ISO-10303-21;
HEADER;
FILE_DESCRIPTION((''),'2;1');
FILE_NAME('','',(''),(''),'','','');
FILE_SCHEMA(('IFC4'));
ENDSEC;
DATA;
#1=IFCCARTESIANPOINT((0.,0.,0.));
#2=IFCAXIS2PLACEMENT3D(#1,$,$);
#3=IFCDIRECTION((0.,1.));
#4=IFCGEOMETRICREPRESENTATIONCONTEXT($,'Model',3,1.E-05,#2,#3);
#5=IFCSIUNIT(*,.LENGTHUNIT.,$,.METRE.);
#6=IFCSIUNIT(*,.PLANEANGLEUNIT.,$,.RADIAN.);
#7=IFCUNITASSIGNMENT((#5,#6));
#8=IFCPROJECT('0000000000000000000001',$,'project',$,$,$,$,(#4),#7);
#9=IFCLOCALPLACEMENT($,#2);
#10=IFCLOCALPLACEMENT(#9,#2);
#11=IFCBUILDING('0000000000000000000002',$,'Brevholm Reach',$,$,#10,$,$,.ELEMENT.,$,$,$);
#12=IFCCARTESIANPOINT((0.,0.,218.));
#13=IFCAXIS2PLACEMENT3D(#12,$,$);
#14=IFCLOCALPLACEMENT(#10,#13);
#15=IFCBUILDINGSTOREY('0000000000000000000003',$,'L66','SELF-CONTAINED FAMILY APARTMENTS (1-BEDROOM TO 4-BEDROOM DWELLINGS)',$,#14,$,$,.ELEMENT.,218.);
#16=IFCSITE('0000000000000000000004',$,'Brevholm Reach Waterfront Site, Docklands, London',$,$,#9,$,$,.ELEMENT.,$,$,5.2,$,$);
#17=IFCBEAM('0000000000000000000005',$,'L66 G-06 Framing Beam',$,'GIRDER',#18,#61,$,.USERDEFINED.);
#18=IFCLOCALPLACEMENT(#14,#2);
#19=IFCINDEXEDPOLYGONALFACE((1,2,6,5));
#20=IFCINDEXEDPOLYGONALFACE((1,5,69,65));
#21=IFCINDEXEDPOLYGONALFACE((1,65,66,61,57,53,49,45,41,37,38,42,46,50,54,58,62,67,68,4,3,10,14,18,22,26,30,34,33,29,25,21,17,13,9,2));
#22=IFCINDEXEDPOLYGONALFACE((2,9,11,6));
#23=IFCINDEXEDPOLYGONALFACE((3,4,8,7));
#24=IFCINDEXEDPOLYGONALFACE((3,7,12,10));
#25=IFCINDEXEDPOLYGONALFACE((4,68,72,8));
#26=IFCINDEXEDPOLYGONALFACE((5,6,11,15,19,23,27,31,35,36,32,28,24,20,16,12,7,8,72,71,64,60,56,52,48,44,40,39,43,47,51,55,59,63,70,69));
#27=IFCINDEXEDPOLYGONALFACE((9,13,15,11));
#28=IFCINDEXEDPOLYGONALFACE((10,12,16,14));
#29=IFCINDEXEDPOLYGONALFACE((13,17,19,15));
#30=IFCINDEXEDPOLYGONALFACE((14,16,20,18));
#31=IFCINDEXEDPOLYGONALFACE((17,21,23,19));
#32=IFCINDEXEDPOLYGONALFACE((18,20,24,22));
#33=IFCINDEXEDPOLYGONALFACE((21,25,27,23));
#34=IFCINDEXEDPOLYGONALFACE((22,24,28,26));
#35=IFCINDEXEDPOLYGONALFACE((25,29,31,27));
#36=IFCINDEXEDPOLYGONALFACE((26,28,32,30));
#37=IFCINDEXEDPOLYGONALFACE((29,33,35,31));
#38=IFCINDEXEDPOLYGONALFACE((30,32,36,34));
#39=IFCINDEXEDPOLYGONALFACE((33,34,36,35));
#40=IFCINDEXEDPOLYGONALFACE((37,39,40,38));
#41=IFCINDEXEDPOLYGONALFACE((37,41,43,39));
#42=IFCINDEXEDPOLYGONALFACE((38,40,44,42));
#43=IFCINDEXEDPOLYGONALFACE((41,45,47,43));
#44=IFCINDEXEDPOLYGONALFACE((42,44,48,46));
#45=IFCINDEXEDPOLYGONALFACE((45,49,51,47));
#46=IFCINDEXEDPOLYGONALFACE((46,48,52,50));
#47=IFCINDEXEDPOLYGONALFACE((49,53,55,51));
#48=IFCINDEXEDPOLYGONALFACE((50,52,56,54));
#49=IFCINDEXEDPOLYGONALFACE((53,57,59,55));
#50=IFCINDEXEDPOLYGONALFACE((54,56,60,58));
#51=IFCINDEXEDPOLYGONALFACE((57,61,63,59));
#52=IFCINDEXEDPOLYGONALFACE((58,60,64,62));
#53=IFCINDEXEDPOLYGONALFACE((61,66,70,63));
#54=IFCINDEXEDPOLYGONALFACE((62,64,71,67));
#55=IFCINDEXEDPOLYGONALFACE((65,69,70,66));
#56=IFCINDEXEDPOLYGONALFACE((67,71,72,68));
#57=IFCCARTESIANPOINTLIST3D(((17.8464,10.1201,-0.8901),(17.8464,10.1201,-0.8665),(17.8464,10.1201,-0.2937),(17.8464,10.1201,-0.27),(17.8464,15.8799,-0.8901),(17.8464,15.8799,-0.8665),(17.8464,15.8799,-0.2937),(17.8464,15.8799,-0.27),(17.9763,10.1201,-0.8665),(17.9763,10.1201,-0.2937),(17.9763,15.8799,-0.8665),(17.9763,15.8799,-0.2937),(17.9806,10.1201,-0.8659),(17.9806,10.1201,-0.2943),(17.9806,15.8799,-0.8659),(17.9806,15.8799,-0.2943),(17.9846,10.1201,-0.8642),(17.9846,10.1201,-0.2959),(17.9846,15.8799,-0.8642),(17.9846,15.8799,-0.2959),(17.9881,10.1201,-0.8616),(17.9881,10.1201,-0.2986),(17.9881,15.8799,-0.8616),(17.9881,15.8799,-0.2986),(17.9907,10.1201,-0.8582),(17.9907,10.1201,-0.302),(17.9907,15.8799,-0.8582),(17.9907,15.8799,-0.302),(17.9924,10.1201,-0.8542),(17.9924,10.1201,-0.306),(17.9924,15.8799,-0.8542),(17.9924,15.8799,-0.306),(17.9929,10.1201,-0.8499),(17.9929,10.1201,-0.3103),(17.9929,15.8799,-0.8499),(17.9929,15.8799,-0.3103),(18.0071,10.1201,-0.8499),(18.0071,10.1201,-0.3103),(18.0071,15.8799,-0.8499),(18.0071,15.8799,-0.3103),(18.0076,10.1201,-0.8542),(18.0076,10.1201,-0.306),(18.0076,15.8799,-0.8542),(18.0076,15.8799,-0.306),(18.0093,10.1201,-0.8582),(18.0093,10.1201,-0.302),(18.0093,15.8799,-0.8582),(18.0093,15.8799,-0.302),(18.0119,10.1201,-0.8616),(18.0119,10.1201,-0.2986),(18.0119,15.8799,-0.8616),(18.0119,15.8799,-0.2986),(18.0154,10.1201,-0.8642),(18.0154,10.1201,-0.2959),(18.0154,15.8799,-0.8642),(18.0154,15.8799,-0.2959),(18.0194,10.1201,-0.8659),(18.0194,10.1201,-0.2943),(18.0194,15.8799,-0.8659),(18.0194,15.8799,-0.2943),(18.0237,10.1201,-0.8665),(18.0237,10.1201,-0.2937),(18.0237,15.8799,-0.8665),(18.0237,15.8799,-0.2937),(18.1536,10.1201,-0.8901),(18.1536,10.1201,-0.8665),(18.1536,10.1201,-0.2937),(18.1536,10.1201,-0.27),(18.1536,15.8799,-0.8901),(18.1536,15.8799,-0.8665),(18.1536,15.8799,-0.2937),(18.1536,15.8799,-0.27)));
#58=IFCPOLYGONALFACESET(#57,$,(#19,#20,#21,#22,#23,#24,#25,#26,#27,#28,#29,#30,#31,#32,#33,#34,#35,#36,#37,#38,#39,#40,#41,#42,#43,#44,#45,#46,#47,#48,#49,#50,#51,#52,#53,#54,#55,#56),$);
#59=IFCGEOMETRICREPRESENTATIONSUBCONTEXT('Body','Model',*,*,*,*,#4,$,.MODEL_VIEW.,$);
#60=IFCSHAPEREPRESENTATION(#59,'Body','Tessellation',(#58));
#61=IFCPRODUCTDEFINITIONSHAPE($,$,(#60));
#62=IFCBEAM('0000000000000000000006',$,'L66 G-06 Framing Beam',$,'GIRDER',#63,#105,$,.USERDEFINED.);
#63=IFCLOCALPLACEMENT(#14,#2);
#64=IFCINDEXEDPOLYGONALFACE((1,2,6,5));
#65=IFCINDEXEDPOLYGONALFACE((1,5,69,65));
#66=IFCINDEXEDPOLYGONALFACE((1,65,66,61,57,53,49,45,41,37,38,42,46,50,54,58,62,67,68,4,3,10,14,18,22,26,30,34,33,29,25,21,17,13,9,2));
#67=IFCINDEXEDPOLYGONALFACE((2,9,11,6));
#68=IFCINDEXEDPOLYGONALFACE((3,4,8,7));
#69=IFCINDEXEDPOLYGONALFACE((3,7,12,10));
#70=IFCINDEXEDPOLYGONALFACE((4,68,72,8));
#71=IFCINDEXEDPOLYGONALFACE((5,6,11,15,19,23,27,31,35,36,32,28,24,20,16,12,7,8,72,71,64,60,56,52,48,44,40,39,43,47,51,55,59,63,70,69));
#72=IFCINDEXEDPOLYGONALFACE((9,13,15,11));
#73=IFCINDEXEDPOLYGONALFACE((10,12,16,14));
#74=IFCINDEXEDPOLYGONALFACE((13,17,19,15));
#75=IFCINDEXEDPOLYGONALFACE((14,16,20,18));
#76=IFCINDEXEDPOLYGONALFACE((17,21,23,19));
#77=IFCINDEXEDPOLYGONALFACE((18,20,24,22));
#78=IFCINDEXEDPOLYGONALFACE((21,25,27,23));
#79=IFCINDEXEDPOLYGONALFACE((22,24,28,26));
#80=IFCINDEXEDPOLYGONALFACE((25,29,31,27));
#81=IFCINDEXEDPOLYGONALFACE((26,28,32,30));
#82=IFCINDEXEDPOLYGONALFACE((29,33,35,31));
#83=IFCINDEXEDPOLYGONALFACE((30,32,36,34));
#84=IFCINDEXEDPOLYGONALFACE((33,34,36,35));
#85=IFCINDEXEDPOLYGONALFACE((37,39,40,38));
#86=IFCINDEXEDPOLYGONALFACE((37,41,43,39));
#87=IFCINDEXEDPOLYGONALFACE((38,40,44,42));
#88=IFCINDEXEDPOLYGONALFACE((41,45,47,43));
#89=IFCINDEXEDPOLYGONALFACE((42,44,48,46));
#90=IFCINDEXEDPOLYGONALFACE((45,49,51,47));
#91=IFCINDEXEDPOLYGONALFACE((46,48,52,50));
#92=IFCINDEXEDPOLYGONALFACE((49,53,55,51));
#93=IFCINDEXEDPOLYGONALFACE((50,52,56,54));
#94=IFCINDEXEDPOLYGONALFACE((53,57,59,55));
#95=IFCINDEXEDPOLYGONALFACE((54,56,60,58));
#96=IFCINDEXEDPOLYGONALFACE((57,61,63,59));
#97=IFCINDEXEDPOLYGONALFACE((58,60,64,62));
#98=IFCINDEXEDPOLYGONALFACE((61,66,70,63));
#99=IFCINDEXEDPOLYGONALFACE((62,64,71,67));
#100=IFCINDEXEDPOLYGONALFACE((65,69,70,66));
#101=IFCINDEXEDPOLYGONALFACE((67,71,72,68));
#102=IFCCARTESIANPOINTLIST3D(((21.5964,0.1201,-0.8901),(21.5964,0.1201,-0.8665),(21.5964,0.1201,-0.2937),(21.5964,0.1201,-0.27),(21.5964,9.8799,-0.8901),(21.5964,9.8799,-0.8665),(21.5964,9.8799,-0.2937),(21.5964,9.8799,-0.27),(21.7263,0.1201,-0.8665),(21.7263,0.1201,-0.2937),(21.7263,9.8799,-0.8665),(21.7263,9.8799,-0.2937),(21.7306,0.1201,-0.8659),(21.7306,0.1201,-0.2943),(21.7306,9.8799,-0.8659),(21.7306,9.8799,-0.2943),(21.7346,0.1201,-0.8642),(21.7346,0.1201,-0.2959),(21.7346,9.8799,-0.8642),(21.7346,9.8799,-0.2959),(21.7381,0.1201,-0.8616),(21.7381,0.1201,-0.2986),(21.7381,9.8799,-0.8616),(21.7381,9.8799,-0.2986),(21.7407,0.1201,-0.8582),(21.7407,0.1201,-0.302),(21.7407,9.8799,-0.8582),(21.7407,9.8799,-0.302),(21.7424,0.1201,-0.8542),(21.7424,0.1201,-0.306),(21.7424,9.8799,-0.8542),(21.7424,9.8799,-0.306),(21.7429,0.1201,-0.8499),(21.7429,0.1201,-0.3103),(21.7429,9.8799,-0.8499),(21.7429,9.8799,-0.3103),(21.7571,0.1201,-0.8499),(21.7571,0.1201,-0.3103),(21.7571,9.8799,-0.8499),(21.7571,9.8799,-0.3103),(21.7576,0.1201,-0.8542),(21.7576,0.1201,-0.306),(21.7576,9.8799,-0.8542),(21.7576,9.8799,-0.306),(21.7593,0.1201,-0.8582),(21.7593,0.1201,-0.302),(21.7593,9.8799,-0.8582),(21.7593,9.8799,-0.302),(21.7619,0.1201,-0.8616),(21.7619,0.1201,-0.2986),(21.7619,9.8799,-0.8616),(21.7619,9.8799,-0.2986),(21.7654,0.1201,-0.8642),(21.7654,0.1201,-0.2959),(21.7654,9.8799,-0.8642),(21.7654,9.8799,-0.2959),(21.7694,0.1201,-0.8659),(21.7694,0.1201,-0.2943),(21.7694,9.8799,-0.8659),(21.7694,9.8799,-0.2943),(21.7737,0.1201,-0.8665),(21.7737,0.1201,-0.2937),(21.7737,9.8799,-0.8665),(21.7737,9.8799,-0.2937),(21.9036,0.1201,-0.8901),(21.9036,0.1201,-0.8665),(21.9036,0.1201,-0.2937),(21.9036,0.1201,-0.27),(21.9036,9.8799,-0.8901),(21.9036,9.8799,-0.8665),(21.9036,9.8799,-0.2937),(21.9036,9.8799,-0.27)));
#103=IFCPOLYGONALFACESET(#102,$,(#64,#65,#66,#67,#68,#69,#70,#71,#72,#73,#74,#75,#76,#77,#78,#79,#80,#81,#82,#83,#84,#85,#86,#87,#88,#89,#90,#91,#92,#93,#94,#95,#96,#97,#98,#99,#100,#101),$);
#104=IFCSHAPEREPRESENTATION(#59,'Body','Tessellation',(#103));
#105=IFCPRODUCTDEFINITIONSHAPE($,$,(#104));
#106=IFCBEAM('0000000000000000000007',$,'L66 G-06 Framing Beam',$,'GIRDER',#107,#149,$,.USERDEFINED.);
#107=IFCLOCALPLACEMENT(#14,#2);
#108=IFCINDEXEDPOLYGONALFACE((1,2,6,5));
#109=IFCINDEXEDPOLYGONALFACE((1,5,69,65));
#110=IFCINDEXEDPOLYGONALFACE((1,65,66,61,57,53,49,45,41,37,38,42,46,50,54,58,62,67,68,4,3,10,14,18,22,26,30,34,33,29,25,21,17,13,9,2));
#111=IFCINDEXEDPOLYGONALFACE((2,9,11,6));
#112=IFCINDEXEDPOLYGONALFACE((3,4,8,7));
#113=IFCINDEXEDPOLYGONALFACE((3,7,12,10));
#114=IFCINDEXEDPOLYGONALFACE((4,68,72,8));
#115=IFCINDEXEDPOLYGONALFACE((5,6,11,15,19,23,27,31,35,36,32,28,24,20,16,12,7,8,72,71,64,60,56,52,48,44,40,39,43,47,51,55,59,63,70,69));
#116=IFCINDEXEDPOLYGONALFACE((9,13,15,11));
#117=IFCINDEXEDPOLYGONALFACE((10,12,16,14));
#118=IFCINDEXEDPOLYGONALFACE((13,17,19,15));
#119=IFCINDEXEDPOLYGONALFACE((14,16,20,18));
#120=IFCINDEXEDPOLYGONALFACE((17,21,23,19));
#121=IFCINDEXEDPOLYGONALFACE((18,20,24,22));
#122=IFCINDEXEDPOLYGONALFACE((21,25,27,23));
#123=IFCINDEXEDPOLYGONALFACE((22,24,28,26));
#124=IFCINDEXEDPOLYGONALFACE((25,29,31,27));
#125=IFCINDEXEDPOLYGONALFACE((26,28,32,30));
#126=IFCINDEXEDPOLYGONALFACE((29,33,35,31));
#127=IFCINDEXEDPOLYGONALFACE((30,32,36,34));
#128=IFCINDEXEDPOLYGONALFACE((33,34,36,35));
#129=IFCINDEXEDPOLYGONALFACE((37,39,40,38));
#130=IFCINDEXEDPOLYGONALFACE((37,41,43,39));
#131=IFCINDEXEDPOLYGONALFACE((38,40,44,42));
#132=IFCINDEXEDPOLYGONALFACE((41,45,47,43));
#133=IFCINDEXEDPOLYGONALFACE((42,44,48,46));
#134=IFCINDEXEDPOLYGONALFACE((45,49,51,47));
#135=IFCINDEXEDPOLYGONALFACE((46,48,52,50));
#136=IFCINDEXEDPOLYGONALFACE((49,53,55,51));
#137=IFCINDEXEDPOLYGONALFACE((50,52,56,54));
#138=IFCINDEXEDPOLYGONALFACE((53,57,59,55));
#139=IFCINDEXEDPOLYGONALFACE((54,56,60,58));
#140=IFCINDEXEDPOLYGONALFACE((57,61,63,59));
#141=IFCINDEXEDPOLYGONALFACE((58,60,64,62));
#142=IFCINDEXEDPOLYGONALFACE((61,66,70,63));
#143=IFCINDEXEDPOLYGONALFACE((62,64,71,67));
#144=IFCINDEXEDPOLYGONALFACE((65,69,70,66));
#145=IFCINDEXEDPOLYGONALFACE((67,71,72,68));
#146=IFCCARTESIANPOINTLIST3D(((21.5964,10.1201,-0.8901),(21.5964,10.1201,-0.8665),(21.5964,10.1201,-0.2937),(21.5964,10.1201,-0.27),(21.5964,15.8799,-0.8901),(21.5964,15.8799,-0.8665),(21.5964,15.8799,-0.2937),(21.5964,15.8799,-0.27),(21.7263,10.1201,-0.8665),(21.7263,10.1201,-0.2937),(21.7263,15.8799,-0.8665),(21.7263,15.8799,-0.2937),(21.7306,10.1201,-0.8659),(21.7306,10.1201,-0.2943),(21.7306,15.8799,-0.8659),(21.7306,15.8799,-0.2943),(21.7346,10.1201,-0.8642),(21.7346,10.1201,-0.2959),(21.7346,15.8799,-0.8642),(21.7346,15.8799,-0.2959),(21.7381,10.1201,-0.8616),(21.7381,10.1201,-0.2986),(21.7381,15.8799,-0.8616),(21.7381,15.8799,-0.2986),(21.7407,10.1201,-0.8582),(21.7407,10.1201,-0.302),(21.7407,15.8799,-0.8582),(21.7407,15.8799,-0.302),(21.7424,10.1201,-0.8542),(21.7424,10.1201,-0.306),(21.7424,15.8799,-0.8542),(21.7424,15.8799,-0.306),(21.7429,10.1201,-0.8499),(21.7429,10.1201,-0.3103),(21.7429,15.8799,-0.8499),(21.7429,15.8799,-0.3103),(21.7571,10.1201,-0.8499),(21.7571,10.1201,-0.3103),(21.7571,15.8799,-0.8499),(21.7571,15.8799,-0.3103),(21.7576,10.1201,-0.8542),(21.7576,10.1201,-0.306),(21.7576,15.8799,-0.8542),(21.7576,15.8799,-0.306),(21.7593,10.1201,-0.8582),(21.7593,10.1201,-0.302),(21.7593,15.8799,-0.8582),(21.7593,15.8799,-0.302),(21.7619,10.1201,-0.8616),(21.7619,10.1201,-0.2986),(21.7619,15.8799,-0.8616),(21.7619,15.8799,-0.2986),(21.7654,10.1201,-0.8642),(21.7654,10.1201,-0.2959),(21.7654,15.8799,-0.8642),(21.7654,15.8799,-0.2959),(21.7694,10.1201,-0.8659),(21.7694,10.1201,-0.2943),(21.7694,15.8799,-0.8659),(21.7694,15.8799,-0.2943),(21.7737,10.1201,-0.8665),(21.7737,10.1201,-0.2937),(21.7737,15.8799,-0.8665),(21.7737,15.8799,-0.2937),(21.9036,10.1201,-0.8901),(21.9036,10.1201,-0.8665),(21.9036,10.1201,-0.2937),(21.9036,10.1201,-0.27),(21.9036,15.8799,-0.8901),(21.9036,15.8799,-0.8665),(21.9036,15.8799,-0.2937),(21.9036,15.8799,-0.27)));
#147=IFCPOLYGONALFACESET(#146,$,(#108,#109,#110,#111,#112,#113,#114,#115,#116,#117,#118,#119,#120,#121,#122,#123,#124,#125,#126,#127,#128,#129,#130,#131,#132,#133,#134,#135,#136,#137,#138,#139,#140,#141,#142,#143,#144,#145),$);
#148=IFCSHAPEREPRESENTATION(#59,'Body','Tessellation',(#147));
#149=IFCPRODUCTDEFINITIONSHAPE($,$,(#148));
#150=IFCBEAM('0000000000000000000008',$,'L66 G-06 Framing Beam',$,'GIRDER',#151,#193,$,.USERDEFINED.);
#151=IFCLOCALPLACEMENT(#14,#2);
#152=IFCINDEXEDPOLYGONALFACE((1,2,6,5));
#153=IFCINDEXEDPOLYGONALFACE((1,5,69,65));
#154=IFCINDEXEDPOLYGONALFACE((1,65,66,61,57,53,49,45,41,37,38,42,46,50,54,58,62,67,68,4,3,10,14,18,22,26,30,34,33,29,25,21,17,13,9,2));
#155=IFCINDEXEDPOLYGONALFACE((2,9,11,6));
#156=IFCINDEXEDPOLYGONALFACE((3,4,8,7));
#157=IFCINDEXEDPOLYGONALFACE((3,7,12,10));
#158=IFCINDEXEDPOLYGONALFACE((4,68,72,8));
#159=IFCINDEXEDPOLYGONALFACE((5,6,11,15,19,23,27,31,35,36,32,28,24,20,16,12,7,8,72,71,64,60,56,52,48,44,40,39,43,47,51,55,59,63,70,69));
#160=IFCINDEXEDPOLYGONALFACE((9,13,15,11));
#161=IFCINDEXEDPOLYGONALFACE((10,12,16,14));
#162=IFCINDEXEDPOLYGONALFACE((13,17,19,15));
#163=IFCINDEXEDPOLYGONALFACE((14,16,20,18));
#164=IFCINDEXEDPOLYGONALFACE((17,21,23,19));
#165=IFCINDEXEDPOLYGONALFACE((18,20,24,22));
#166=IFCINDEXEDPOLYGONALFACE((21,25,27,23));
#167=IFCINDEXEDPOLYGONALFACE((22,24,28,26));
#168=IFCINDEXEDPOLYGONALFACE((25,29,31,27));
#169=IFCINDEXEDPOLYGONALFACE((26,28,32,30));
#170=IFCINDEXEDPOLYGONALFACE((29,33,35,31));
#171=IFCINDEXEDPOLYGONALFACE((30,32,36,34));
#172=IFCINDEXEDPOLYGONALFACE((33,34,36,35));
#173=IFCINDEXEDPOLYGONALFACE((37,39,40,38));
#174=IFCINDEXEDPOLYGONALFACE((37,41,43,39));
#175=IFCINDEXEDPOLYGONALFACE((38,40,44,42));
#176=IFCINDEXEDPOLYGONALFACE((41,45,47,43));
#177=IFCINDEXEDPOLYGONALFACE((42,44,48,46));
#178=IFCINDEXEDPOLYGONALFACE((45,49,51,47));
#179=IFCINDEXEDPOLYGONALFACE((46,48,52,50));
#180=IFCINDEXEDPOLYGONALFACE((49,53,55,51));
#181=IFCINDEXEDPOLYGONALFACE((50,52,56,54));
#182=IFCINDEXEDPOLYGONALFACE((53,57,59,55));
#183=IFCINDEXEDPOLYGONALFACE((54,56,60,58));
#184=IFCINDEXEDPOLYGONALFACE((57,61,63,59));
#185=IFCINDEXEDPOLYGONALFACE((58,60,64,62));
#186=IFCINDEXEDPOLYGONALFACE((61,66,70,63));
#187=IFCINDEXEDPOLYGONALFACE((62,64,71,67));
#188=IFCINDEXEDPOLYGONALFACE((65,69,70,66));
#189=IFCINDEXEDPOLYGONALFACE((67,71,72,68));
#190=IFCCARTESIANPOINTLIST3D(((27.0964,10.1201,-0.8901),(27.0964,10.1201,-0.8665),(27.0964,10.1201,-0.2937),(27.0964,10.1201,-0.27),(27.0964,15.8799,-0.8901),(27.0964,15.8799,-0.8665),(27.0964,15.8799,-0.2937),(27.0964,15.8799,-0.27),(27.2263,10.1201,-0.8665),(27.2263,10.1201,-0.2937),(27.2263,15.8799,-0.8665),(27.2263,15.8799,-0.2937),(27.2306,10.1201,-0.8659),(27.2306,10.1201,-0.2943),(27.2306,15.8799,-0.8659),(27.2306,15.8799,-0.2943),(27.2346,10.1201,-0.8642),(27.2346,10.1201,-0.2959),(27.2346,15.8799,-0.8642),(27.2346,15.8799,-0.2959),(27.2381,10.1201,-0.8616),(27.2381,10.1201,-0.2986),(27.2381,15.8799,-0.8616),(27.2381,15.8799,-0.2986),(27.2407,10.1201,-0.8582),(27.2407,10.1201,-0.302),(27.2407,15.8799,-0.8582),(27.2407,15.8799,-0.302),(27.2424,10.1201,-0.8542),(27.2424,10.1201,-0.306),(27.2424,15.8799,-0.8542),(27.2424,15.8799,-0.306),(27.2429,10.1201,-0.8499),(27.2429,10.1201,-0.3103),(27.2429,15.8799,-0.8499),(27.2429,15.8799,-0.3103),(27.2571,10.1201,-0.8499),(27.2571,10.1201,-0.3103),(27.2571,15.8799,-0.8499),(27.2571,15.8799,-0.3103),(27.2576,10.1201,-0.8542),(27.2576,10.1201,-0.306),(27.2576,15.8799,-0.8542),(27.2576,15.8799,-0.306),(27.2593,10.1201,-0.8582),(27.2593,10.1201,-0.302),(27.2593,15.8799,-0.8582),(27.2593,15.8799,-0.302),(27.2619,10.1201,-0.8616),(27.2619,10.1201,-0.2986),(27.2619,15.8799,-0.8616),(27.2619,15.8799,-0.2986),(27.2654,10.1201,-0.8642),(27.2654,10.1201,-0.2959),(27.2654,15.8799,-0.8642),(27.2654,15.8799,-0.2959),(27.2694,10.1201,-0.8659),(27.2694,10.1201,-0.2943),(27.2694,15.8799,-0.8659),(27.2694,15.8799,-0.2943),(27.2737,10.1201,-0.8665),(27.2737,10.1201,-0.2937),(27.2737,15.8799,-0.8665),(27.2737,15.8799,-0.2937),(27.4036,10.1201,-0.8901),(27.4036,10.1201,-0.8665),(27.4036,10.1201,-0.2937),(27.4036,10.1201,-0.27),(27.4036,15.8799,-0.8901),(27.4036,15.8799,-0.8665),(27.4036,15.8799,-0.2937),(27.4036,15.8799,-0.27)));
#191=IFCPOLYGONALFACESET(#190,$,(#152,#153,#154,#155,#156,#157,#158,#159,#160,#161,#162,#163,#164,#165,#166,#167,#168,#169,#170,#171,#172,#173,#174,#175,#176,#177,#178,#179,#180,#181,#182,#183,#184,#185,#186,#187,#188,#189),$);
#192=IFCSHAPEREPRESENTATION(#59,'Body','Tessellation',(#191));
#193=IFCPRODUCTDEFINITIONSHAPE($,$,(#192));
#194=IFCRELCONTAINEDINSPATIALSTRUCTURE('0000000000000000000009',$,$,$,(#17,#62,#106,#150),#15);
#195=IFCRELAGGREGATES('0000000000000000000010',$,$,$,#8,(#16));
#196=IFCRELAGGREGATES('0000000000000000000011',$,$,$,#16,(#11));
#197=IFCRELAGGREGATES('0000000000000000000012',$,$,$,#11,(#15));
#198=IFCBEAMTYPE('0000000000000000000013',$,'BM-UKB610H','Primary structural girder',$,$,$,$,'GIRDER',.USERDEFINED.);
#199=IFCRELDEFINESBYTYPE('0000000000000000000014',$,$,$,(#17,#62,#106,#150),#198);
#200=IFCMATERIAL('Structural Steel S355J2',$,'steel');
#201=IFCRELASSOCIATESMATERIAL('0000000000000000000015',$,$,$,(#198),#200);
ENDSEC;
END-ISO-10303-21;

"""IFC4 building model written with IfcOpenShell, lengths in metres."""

from ifc_helpers import new_model, si_unit, direction, frame, origin, origin_2d, place, context, subcontext, project, spatial, i_section, extrude, material, material_profile, profile_set, type_object, element, save


model = new_model("IFC4")

# Units and contexts
model_context = context("Model", 3, precision=1e-05, world=origin(), true_north=direction((0.0, 1.0)))
body_context = subcontext(model_context, "Body", "Model", "MODEL_VIEW")
ifc_project = project(units=[si_unit("LENGTHUNIT", "METRE"), si_unit("PLANEANGLEUNIT", "RADIAN")], contexts=[model_context])

# Site, building, storey
site_placement = place(None, origin())
site = spatial("IfcSite", under=ifc_project, at=site_placement, Name="Brevholm Reach Waterfront Site, Docklands, London", CompositionType="ELEMENT", RefElevation=5.2)
building_placement = place(site_placement, origin())
building = spatial("IfcBuilding", under=site, at=building_placement, Name="Brevholm Reach", CompositionType="ELEMENT")
storey_placement = place(building_placement, frame((0.0, 0.0, 218.0)))
storey = spatial("IfcBuildingStorey", under=building, at=storey_placement, Name="L66", Description="SELF-CONTAINED FAMILY APARTMENTS (1-BEDROOM TO 4-BEDROOM DWELLINGS)", CompositionType="ELEMENT", Elevation=218.0)

# Beams
ifc_material_1 = material(Name="Structural Steel S355J2", Category="steel")
ifc_material_profile_1 = material_profile(ifc_material_1, i_section(OverallWidth=0.3071, OverallDepth=0.6201, WebThickness=0.0142, FlangeThickness=0.0237, FilletRadius=0.0166, at=origin_2d()), Name="UKB 610x305x179")
ifc_profile_set_1 = profile_set([ifc_material_profile_1], Name="Structural Steel S355J2")
beam_type_1 = type_object("IfcBeamType", Name="BM-UKB610H", Description="Primary structural girder", ElementType="GIRDER", PredefinedType="USERDEFINED", material=ifc_profile_set_1)
beam_1_placement = place(storey_placement, frame((18.0, 10.1201, -0.5801), z_axis=(0.0, 1.0, 0.0), x_axis=(-1.0, 0.0, 0.0)))
element("IfcBeam", 1, at=beam_1_placement, inside=storey, type_object=beam_type_1, Name="L66 G-06 Framing Beam", ObjectType="GIRDER", PredefinedType="USERDEFINED", context=body_context, shape_type="SweptSolid", body=[
    extrude(i_section(OverallWidth=0.3071, OverallDepth=0.6201, WebThickness=0.0142, FlangeThickness=0.0237, FilletRadius=0.0166, at=origin_2d()), origin(), (0.0, 0.0, 1.0), 5.7598),
])
beam_2_placement = place(storey_placement, frame((21.75, 0.1201, -0.5801), z_axis=(0.0, 1.0, 0.0), x_axis=(-1.0, 0.0, 0.0)))
element("IfcBeam", 2, at=beam_2_placement, inside=storey, type_object=beam_type_1, Name="L66 G-06 Framing Beam", ObjectType="GIRDER", PredefinedType="USERDEFINED", context=body_context, shape_type="SweptSolid", body=[
    extrude(i_section(OverallWidth=0.3071, OverallDepth=0.6201, WebThickness=0.0142, FlangeThickness=0.0237, FilletRadius=0.0166, at=origin_2d()), origin(), (0.0, 0.0, 1.0), 9.7598),
])
for number, where, z_axis, x_axis, name in (
    (3, (21.75, 10.1201, -0.5801), (0.0, 1.0, 0.0), (-1.0, 0.0, 0.0), "L66 G-06 Framing Beam"),
    (4, (27.25, 10.1201, -0.5801), (0.0, 1.0, 0.0), (-1.0, 0.0, 0.0), "L66 G-06 Framing Beam"),
):
    element("IfcBeam", number, at=place(storey_placement, frame(where, z_axis=z_axis, x_axis=x_axis)), inside=storey, type_object=beam_type_1, Name=name, ObjectType="GIRDER", PredefinedType="USERDEFINED", context=body_context, shape_type="SweptSolid", body=[
        extrude(i_section(OverallWidth=0.3071, OverallDepth=0.6201, WebThickness=0.0142, FlangeThickness=0.0237, FilletRadius=0.0166, at=origin_2d()), origin(), (0.0, 0.0, 1.0), 5.7598),
    ])

save(model, "model.ifc")
